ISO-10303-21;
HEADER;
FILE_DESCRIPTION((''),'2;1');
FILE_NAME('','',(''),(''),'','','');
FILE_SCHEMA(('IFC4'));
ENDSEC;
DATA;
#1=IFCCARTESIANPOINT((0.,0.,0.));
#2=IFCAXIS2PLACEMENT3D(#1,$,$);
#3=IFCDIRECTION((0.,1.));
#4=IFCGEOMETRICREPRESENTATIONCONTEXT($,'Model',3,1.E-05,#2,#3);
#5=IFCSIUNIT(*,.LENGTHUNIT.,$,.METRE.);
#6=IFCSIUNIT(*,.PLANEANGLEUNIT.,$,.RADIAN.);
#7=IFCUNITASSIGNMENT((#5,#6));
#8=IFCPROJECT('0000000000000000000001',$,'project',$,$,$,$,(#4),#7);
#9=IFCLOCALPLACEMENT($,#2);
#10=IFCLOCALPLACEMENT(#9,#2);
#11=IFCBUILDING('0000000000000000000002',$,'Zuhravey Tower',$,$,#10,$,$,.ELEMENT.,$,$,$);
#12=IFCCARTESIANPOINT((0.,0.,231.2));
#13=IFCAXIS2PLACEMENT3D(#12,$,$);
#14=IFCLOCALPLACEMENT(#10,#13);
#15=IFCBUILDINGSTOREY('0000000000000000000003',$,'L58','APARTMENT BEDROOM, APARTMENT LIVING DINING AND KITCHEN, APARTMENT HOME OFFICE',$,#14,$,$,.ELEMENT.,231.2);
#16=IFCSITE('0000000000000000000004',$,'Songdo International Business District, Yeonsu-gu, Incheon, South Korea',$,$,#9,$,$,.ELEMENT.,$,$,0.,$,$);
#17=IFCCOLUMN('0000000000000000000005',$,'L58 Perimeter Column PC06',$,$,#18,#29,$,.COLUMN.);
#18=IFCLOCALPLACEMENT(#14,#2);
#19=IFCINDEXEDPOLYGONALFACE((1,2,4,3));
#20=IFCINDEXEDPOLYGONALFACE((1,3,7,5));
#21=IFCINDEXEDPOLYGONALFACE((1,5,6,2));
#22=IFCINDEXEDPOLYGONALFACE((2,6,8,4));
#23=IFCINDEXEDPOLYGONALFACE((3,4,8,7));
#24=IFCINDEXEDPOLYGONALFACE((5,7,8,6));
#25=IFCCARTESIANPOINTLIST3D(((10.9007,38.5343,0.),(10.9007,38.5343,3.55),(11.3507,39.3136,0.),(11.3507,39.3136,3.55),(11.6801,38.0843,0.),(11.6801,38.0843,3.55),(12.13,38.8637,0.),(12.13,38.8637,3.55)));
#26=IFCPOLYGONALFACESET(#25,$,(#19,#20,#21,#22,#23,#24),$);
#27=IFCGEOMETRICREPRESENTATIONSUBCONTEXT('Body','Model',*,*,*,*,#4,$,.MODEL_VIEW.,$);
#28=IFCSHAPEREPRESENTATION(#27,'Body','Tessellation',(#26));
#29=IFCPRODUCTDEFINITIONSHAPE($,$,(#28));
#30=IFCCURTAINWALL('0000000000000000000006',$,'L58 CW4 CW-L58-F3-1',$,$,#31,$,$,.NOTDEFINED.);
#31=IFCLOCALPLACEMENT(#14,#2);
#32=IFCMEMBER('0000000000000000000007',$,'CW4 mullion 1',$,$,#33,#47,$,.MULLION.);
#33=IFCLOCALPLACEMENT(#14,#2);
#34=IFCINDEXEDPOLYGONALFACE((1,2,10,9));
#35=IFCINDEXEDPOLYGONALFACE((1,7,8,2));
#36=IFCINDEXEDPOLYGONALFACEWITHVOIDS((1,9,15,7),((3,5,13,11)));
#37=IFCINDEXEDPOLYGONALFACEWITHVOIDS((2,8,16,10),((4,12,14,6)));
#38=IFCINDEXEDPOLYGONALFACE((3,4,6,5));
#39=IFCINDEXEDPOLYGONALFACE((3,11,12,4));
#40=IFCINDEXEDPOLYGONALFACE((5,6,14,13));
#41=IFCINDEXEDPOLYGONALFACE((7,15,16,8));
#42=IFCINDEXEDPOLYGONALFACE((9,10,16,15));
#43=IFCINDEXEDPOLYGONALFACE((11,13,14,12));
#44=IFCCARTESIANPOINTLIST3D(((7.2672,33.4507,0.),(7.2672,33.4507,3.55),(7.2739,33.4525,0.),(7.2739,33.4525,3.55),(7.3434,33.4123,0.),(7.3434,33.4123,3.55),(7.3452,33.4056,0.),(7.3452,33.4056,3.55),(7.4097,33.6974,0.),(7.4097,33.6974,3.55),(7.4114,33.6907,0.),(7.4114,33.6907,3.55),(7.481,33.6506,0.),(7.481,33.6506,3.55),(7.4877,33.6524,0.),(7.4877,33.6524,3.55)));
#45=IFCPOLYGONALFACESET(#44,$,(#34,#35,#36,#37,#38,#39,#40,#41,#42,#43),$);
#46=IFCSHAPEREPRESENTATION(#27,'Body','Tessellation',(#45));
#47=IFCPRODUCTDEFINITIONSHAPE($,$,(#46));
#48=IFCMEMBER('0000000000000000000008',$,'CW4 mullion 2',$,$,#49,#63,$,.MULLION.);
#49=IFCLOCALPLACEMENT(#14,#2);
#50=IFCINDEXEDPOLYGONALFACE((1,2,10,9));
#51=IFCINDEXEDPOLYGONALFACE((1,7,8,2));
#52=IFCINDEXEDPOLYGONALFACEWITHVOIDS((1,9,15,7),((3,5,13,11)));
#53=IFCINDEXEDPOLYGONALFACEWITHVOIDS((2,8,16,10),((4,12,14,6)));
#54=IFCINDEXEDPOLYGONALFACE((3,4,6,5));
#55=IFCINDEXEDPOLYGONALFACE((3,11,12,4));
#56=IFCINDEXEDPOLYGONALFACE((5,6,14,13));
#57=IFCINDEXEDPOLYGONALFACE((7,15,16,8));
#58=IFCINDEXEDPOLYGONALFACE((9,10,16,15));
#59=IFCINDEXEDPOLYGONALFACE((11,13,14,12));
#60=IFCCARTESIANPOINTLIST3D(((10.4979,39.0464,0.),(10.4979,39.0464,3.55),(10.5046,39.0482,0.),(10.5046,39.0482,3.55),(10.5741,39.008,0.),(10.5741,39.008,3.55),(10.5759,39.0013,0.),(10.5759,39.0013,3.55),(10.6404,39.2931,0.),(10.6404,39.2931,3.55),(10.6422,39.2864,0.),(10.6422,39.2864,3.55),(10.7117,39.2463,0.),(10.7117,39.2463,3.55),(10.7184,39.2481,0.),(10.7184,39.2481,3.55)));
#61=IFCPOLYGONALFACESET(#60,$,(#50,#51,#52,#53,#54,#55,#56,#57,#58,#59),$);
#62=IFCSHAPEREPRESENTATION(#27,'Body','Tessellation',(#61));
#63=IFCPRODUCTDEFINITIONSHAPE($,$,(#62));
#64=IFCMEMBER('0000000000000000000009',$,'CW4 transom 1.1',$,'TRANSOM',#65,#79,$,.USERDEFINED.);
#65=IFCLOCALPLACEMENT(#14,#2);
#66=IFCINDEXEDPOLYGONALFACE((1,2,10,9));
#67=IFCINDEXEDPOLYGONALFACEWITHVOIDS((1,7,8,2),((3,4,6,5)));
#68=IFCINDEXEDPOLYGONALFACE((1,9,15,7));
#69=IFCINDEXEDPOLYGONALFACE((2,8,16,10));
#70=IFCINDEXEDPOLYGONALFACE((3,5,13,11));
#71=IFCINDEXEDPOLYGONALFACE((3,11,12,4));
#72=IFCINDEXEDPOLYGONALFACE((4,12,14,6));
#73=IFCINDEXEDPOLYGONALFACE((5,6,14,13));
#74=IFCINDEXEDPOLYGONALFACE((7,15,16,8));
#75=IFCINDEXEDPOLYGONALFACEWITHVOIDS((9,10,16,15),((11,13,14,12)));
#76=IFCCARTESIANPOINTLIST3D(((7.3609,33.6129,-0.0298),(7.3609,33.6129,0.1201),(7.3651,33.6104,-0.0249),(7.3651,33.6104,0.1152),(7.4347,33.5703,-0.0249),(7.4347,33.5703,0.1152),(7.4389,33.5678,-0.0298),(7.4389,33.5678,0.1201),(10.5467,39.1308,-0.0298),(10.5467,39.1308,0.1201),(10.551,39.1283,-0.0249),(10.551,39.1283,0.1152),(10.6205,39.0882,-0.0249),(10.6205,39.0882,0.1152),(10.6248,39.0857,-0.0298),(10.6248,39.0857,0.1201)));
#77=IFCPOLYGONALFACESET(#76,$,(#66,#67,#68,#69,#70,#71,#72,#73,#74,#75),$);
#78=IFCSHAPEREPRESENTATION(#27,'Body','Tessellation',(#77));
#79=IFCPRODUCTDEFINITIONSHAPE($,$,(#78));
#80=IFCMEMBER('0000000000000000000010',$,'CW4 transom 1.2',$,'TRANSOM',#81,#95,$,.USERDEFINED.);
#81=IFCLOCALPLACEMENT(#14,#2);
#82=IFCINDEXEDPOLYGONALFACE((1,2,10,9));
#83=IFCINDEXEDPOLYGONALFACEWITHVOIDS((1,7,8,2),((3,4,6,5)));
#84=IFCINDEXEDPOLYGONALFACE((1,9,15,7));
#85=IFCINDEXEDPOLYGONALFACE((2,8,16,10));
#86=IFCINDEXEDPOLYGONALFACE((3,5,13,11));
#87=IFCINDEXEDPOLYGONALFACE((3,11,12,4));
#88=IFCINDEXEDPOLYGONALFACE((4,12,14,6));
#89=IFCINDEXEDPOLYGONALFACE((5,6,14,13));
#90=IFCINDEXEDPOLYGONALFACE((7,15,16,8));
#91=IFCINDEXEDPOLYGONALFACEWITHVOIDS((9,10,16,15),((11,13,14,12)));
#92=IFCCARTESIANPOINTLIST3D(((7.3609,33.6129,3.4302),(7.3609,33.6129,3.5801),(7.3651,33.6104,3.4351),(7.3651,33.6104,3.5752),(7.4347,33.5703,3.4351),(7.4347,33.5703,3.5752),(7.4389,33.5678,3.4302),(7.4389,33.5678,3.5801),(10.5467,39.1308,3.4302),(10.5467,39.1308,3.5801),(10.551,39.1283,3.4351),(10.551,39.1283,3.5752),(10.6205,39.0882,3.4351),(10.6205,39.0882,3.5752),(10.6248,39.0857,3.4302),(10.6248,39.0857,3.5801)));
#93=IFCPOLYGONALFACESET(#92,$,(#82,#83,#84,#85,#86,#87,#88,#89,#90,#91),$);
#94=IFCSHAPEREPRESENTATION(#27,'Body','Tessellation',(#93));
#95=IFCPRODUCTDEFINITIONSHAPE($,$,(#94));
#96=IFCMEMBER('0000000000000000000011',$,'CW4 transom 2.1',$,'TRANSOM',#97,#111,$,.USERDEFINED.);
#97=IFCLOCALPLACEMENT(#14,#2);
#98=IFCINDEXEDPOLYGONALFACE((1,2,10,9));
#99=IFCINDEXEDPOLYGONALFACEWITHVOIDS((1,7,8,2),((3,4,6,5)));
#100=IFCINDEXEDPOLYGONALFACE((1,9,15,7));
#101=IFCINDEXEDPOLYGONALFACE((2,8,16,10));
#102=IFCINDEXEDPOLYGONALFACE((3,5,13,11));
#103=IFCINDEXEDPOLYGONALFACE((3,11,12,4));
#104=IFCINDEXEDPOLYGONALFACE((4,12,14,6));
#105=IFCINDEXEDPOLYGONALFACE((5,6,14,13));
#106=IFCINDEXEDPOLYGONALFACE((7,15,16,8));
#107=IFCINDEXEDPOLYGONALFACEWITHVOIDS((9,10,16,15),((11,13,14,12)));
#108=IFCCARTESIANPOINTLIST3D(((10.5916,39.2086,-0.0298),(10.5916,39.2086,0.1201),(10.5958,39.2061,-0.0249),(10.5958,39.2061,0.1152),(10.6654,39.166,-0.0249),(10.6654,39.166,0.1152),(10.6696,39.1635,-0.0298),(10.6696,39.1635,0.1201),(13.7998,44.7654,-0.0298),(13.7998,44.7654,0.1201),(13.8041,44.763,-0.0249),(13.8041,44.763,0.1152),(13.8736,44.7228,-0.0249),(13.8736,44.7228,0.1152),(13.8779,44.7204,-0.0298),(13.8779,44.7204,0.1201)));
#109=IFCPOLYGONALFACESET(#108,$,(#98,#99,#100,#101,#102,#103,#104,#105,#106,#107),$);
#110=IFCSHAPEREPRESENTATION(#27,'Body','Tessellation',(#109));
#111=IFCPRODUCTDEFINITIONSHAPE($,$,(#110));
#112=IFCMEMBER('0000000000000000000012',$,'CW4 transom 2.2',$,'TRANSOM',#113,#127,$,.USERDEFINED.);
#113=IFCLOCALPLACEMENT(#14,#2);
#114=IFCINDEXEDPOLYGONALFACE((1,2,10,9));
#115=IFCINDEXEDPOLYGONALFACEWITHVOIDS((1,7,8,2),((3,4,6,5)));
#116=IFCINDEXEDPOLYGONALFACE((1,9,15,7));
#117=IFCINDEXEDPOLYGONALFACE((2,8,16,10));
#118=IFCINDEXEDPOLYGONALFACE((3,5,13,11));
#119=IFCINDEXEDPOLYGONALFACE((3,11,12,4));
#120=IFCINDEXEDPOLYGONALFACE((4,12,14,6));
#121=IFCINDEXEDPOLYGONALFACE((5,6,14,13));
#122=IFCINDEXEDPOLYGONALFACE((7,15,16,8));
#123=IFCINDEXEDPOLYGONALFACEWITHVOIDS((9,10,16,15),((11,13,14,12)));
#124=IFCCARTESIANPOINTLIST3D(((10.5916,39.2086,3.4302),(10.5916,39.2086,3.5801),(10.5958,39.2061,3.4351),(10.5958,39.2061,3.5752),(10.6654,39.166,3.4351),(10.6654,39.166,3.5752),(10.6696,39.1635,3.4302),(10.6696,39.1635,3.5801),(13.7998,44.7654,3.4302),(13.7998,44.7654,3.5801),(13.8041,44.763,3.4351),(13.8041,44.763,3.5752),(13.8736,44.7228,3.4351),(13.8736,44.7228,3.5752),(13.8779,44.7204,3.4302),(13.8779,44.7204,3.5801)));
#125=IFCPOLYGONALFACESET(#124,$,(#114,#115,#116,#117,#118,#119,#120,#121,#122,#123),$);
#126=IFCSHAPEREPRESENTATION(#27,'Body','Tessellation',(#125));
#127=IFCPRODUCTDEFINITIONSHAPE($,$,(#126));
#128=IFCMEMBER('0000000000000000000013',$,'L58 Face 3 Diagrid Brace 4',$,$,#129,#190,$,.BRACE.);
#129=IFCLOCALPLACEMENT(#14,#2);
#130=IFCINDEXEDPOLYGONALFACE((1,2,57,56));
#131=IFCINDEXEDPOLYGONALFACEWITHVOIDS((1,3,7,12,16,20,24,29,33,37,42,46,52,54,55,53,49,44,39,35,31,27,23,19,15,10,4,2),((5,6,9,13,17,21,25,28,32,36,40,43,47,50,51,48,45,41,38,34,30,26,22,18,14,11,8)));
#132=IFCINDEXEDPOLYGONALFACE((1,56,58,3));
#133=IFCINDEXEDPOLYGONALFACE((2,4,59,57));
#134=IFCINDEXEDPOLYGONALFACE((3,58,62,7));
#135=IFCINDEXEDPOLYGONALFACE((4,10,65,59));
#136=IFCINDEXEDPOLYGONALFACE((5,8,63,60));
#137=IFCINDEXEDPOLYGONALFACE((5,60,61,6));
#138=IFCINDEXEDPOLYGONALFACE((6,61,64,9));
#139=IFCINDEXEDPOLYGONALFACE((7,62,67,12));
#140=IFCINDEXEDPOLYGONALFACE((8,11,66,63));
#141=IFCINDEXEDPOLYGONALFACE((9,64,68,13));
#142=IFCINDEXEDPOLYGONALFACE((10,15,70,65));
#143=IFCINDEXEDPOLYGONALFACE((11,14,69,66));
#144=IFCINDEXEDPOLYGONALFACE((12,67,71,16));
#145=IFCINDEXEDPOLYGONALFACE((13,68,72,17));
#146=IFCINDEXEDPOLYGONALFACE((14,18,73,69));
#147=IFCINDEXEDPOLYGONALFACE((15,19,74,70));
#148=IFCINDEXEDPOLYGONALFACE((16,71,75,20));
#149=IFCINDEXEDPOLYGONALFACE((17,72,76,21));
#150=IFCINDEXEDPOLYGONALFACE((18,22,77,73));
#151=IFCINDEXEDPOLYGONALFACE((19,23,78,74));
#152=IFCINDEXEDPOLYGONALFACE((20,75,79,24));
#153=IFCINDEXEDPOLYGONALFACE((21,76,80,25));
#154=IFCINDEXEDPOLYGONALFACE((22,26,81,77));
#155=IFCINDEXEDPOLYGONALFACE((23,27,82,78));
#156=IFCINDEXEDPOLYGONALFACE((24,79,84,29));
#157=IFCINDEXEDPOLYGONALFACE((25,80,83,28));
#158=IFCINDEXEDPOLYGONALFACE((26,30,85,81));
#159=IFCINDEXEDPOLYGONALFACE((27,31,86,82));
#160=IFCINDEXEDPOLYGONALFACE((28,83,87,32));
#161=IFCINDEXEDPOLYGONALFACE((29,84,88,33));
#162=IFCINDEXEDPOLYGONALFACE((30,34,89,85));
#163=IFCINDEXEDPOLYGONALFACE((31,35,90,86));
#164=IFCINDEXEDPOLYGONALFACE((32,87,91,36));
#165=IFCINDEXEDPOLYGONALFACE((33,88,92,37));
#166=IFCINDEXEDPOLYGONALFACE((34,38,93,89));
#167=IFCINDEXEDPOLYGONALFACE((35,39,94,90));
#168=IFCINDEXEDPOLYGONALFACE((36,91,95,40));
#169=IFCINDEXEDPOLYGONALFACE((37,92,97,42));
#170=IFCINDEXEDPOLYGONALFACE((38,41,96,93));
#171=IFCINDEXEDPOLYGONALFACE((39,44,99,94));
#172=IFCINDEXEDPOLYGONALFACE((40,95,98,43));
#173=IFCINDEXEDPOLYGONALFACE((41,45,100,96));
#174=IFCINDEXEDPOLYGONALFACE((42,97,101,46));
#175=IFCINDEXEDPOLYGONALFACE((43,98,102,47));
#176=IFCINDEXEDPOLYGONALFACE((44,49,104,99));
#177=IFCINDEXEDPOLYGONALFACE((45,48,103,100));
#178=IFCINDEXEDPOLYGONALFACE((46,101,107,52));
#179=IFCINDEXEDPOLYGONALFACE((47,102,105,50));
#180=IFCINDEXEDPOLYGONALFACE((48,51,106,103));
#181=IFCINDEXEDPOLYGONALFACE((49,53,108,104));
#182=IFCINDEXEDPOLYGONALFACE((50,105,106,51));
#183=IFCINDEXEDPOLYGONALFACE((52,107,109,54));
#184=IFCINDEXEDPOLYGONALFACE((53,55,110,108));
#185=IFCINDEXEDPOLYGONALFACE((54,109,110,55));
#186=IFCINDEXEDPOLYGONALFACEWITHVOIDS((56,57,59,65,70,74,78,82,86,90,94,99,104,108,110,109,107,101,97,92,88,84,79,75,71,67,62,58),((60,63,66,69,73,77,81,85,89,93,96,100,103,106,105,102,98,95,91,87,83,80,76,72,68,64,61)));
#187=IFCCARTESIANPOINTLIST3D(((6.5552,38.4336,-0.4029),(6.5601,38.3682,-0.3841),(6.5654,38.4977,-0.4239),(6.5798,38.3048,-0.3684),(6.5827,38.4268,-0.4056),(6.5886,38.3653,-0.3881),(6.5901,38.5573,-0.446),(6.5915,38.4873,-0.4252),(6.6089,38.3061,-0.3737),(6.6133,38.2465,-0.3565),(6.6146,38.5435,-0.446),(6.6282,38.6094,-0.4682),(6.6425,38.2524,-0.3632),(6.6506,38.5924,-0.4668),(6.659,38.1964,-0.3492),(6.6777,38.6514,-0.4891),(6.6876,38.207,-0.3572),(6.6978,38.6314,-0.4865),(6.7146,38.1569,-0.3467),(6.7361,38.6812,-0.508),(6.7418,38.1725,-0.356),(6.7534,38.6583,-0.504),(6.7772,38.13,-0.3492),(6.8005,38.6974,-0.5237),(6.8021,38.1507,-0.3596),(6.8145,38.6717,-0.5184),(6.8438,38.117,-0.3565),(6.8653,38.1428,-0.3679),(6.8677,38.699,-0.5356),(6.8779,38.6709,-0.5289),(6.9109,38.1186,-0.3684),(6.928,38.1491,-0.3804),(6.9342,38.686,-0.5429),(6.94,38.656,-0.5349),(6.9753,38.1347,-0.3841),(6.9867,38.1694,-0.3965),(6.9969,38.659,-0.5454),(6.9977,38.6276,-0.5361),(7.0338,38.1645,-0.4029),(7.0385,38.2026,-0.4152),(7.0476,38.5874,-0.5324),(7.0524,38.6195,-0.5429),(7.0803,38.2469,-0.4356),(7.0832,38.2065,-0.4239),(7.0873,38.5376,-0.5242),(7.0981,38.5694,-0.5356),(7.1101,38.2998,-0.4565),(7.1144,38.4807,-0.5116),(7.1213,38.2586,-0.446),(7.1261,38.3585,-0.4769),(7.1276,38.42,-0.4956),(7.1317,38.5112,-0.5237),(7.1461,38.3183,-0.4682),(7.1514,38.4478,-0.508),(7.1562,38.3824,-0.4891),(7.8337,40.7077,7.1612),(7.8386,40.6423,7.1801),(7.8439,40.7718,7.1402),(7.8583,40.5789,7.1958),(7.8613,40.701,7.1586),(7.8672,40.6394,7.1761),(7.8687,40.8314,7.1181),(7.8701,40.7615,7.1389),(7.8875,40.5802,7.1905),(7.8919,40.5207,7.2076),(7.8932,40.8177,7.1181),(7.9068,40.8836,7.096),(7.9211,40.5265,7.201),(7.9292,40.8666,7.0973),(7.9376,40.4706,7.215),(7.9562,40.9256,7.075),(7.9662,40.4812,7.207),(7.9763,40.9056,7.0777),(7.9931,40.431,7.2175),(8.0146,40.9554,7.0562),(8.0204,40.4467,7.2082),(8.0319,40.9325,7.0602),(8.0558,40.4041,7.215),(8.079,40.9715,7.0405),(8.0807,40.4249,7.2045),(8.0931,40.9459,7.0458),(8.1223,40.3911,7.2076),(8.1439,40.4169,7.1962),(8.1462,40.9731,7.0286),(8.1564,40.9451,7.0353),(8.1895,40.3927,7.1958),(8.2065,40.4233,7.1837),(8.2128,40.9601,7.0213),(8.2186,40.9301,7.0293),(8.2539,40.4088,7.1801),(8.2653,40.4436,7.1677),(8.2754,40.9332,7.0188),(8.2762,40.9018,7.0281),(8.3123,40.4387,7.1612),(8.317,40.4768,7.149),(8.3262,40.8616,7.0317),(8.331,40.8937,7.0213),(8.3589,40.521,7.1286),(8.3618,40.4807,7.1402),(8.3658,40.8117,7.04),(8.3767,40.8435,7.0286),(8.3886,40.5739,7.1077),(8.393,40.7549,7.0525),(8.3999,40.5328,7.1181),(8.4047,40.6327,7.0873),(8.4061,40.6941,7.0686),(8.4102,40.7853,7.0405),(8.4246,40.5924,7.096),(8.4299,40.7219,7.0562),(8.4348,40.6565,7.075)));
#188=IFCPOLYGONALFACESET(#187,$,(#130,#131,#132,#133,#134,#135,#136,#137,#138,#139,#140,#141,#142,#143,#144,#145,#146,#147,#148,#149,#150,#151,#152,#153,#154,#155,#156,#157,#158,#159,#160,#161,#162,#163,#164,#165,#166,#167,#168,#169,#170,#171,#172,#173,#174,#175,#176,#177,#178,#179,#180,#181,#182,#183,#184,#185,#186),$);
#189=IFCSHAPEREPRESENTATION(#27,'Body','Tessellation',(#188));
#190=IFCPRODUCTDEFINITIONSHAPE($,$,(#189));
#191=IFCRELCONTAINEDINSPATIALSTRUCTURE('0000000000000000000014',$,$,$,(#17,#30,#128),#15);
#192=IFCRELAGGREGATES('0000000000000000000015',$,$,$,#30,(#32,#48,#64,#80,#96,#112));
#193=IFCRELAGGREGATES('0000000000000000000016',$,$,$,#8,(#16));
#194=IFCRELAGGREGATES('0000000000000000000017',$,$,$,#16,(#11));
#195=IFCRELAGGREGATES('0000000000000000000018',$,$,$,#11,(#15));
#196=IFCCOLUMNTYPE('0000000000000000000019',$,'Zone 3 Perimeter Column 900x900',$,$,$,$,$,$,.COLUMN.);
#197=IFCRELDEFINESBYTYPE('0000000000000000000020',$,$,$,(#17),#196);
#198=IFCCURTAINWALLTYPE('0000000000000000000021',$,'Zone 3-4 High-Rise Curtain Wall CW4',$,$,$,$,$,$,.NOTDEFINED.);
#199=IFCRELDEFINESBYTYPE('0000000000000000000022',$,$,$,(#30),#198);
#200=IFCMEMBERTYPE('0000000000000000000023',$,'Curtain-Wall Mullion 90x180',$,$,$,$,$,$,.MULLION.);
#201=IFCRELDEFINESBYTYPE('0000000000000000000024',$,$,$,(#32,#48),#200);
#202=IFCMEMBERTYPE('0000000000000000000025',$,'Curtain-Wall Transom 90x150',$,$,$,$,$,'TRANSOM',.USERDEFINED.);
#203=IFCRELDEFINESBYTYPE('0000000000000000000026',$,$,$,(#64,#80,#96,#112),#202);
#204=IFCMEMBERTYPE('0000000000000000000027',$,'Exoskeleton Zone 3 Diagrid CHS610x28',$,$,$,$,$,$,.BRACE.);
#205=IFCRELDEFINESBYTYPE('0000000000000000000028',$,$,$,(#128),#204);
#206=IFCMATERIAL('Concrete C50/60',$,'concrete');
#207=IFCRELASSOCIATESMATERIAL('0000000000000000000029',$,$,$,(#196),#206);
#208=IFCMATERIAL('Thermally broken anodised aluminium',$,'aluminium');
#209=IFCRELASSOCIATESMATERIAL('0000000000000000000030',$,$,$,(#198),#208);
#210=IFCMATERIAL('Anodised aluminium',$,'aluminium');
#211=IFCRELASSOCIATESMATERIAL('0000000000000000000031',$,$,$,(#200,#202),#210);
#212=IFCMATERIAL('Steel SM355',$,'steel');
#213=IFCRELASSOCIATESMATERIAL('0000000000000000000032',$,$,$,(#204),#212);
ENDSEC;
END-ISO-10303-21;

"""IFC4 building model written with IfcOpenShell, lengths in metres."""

from ifc_helpers import new_model, si_unit, direction, frame, origin, origin_2d, place, context, subcontext, project, spatial, rectangle, hollow_rectangle, hollow_circle, extrude, material, material_profile, profile_set, type_object, element, aggregate, save


model = new_model("IFC4")

# Units and contexts
model_context = context("Model", 3, precision=1e-05, world=origin(), true_north=direction((0.0, 1.0)))
body_context = subcontext(model_context, "Body", "Model", "MODEL_VIEW")
ifc_project = project(units=[si_unit("LENGTHUNIT", "METRE"), si_unit("PLANEANGLEUNIT", "RADIAN")], contexts=[model_context])

# Site, building, storey
site_placement = place(None, origin())
site = spatial("IfcSite", under=ifc_project, at=site_placement, Name="Songdo International Business District, Yeonsu-gu, Incheon, South Korea", CompositionType="ELEMENT", RefElevation=0.0)
building_placement = place(site_placement, origin())
building = spatial("IfcBuilding", under=site, at=building_placement, Name="Zuhravey Tower", CompositionType="ELEMENT")
storey_placement = place(building_placement, frame((0.0, 0.0, 231.2)))
storey = spatial("IfcBuildingStorey", under=building, at=storey_placement, Name="L58", Description="APARTMENT BEDROOM, APARTMENT LIVING DINING AND KITCHEN, APARTMENT HOME OFFICE", CompositionType="ELEMENT", Elevation=231.2)

# Column
ifc_material_1 = material(Name="Concrete C50/60", Category="concrete")
ifc_material_profile_1 = material_profile(ifc_material_1, rectangle(XDim=0.8999, YDim=0.8999, at=origin_2d()), Name="RC-900x900")
ifc_profile_set_1 = profile_set([ifc_material_profile_1], Name="Concrete C50/60")
column_type = type_object("IfcColumnType", Name="Zone 3 Perimeter Column 900x900", PredefinedType="COLUMN", material=ifc_profile_set_1)
column_placement = place(storey_placement, frame((11.5154, 38.699, 0.0), z_axis=(0.0, 0.0, 1.0), x_axis=(-0.5, -0.866025, 0.0)))
element("IfcColumn", 1, at=column_placement, inside=storey, type_object=column_type, Name="L58 Perimeter Column PC06", PredefinedType="COLUMN", context=body_context, shape_type="SweptSolid", body=[
    extrude(rectangle(XDim=0.8999, YDim=0.8999, at=origin_2d()), origin(), (0.0, 0.0, 1.0), 3.55),
])

# Curtain wall, members
ifc_material_2 = material(Name="Thermally broken anodised aluminium", Category="aluminium")
curtain_wall_type = type_object("IfcCurtainWallType", Name="Zone 3-4 High-Rise Curtain Wall CW4", PredefinedType="NOTDEFINED", material=ifc_material_2)
curtain_wall_placement = place(storey_placement, origin())
curtain_wall = element("IfcCurtainWall", 2, at=curtain_wall_placement, inside=storey, type_object=curtain_wall_type, Name="L58 CW4 CW-L58-F3-1", PredefinedType="NOTDEFINED")
ifc_material_3 = material(Name="Anodised aluminium", Category="aluminium")
ifc_material_profile_2 = material_profile(ifc_material_3, hollow_rectangle(XDim=0.0901, YDim=0.2849, WallThickness=0.0049, at=origin_2d()), Name="ALU-RHS-90x285x5")
ifc_profile_set_2 = profile_set([ifc_material_profile_2], Name="Anodised aluminium")
member_type_1 = type_object("IfcMemberType", Name="Curtain-Wall Mullion 90x180", PredefinedType="MULLION", material=ifc_profile_set_2)
member_1_placement = place(storey_placement, frame((7.3774, 33.5515, 0.0), z_axis=(0.0, 0.0, 1.0), x_axis=(-0.866025, 0.500001, 0.0)))
member_1 = element("IfcMember", 3, at=member_1_placement, type_object=member_type_1, Name="CW4 mullion 1", PredefinedType="MULLION", context=body_context, shape_type="SweptSolid", body=[
    extrude(hollow_rectangle(XDim=0.0901, YDim=0.2849, WallThickness=0.0049, at=origin_2d()), origin(), (0.0, 0.0, 1.0), 3.55),
])
member_2_placement = place(storey_placement, frame((10.6082, 39.1472, 0.0), z_axis=(0.0, 0.0, 1.0), x_axis=(-0.866025, 0.500001, 0.0)))
member_2 = element("IfcMember", 4, at=member_2_placement, type_object=member_type_1, Name="CW4 mullion 2", PredefinedType="MULLION", context=body_context, shape_type="SweptSolid", body=[
    extrude(hollow_rectangle(XDim=0.0901, YDim=0.2849, WallThickness=0.0049, at=origin_2d()), origin(), (0.0, 0.0, 1.0), 3.55),
])
ifc_material_profile_3 = material_profile(ifc_material_3, hollow_rectangle(XDim=0.0901, YDim=0.1499, WallThickness=0.0049, at=origin_2d()), Name="ALU-RHS-90x150x5")
ifc_profile_set_3 = profile_set([ifc_material_profile_3], Name="Anodised aluminium")
member_type_2 = type_object("IfcMemberType", Name="Curtain-Wall Transom 90x150", ElementType="TRANSOM", PredefinedType="USERDEFINED", material=ifc_profile_set_3)
member_3_placement = place(storey_placement, frame((7.3999, 33.5903, 0.0452), z_axis=(0.500009, 0.86602, 0.0), x_axis=(-0.86602, 0.500009, 0.0)))
member_3 = element("IfcMember", 5, at=member_3_placement, type_object=member_type_2, Name="CW4 transom 1.1", ObjectType="TRANSOM", PredefinedType="USERDEFINED", context=body_context, shape_type="SweptSolid", body=[
    extrude(hollow_rectangle(XDim=0.0901, YDim=0.1499, WallThickness=0.0049, at=origin_2d()), origin(), (0.0, 0.0, 1.0), 6.3716),
])
member_4_placement = place(storey_placement, frame((7.3999, 33.5903, 3.5051), z_axis=(0.500009, 0.86602, 0.0), x_axis=(-0.86602, 0.500009, 0.0)))
member_4 = element("IfcMember", 6, at=member_4_placement, type_object=member_type_2, Name="CW4 transom 1.2", ObjectType="TRANSOM", PredefinedType="USERDEFINED", context=body_context, shape_type="SweptSolid", body=[
    extrude(hollow_rectangle(XDim=0.0901, YDim=0.1499, WallThickness=0.0049, at=origin_2d()), origin(), (0.0, 0.0, 1.0), 6.3716),
])
member_5_placement = place(storey_placement, frame((10.6306, 39.186, 0.0452), z_axis=(0.499998, 0.866027, 0.0), x_axis=(-0.866027, 0.499998, 0.0)))
member_5 = element("IfcMember", 7, at=member_5_placement, type_object=member_type_2, Name="CW4 transom 2.1", ObjectType="TRANSOM", PredefinedType="USERDEFINED", context=body_context, shape_type="SweptSolid", body=[
    extrude(hollow_rectangle(XDim=0.0901, YDim=0.1499, WallThickness=0.0049, at=origin_2d()), origin(), (0.0, 0.0, 1.0), 6.4165),
])
member_6_placement = place(storey_placement, frame((10.6306, 39.186, 3.5051), z_axis=(0.499998, 0.866027, 0.0), x_axis=(-0.866027, 0.499998, 0.0)))
member_6 = element("IfcMember", 8, at=member_6_placement, type_object=member_type_2, Name="CW4 transom 2.2", ObjectType="TRANSOM", PredefinedType="USERDEFINED", context=body_context, shape_type="SweptSolid", body=[
    extrude(hollow_rectangle(XDim=0.0901, YDim=0.1499, WallThickness=0.0049, at=origin_2d()), origin(), (0.0, 0.0, 1.0), 6.4165),
])

# Member
ifc_material_4 = material(Name="Steel SM355", Category="steel")
ifc_material_profile_4 = material_profile(ifc_material_4, hollow_circle(Radius=0.3047, WallThickness=0.0281, at=origin_2d()), Name="CHS-609.6x28")
ifc_profile_set_4 = profile_set([ifc_material_profile_4], Name="Steel SM355")
member_type_3 = type_object("IfcMemberType", Name="Exoskeleton Zone 3 Diagrid CHS610x28", PredefinedType="BRACE", material=ifc_profile_set_4)
member_7_placement = place(storey_placement, frame((6.8557, 38.408, -0.446), z_axis=(0.159791, 0.284218, 0.94535), x_axis=(-0.871683, 0.49007, 0.0)))
element("IfcMember", 9, at=member_7_placement, inside=storey, type_object=member_type_3, Name="L58 Face 3 Diagrid Brace 4", PredefinedType="BRACE", context=body_context, shape_type="SweptSolid", body=[
    extrude(hollow_circle(Radius=0.3047, WallThickness=0.0281, at=origin_2d()), origin(), (0.0, 0.0, 1.0), 8.0015),
])

aggregate(curtain_wall, [member_1, member_2, member_3, member_4, member_5, member_6])

save(model, "model.ifc")
